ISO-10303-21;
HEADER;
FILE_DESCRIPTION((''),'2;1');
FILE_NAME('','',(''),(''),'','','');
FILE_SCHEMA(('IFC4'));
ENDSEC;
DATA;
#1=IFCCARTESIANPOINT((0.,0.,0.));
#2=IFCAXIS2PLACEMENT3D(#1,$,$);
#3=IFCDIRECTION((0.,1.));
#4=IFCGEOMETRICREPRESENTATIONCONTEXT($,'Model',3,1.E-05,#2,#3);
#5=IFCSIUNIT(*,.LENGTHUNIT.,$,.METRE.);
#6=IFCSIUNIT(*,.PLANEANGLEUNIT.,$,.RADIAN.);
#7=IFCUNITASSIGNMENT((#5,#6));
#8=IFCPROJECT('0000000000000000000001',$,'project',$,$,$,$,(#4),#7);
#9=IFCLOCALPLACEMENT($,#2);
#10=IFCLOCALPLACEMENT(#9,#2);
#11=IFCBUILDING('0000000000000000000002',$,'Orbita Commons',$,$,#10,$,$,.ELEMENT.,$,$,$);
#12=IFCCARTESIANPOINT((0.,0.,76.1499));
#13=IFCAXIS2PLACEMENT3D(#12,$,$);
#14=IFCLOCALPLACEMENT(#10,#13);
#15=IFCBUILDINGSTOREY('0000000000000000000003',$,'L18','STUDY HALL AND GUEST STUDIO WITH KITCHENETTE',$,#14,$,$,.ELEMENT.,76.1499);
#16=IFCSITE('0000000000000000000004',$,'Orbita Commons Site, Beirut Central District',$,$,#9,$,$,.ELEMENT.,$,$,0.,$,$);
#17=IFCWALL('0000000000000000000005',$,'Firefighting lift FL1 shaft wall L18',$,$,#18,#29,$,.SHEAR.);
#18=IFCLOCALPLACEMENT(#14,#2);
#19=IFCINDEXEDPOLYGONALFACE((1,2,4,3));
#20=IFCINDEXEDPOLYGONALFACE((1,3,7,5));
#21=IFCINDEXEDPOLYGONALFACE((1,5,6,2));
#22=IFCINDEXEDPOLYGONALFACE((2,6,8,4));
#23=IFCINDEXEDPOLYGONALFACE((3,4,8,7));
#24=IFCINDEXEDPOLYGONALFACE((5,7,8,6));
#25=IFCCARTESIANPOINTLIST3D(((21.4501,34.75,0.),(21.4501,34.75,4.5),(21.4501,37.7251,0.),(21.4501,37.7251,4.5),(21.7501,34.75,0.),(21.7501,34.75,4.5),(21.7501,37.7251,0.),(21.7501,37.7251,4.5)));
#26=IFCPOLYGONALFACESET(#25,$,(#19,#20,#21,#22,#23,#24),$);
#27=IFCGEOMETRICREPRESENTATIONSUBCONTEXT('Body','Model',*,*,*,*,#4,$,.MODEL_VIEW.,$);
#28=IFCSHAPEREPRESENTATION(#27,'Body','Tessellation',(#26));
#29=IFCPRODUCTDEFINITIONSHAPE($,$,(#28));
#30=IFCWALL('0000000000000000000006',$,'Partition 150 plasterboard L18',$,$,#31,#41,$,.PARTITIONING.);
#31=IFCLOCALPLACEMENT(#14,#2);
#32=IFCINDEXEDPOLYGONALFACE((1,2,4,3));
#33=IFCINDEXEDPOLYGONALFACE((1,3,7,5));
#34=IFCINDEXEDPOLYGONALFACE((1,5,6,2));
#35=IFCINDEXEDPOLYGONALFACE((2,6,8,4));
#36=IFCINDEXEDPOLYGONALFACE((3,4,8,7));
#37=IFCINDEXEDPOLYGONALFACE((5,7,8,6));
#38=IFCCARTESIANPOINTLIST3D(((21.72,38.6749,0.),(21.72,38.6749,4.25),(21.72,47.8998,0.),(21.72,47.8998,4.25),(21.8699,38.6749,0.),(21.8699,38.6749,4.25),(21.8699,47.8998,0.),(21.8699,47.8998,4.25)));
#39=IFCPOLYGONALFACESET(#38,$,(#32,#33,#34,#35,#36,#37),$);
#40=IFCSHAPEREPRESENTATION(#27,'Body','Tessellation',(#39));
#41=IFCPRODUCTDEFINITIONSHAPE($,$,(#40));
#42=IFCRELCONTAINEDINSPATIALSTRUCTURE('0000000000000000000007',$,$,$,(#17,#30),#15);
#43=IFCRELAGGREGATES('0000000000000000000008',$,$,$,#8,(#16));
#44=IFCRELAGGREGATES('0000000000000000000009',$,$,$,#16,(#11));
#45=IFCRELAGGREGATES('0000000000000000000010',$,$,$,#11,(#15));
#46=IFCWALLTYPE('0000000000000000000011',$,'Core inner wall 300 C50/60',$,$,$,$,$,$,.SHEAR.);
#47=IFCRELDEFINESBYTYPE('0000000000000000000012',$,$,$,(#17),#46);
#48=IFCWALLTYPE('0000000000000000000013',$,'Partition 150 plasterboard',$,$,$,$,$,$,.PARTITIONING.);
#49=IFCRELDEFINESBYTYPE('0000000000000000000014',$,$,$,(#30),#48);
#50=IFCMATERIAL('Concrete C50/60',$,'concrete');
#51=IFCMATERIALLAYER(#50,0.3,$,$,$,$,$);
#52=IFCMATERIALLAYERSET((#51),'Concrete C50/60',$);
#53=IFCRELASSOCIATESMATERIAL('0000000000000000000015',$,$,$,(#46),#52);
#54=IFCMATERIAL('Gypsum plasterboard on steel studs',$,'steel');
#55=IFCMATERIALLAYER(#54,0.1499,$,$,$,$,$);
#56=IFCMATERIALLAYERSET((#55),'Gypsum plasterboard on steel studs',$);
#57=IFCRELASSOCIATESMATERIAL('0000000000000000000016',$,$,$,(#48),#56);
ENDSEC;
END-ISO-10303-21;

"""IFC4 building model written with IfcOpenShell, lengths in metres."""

from ifc_helpers import new_model, si_unit, direction, frame, frame_2d, origin, place, context, subcontext, project, spatial, rectangle, extrude, material, layer, layer_set, type_object, element, save


model = new_model("IFC4")

# Units and contexts
model_context = context("Model", 3, precision=1e-05, world=origin(), true_north=direction((0.0, 1.0)))
body_context = subcontext(model_context, "Body", "Model", "MODEL_VIEW")
ifc_project = project(units=[si_unit("LENGTHUNIT", "METRE"), si_unit("PLANEANGLEUNIT", "RADIAN")], contexts=[model_context])

# Site, building, storey
site_placement = place(None, origin())
site = spatial("IfcSite", under=ifc_project, at=site_placement, Name="Orbita Commons Site, Beirut Central District", CompositionType="ELEMENT", RefElevation=0.0)
building_placement = place(site_placement, origin())
building = spatial("IfcBuilding", under=site, at=building_placement, Name="Orbita Commons", CompositionType="ELEMENT")
storey_placement = place(building_placement, frame((0.0, 0.0, 76.1499)))
storey = spatial("IfcBuildingStorey", under=building, at=storey_placement, Name="L18", Description="STUDY HALL AND GUEST STUDIO WITH KITCHENETTE", CompositionType="ELEMENT", Elevation=76.1499)

# Walls
ifc_material_1 = material(Name="Concrete C50/60", Category="concrete")
ifc_layer_1 = layer(ifc_material_1, 0.3)
ifc_layer_set_1 = layer_set([ifc_layer_1], Name="Concrete C50/60")
wall_type_1 = type_object("IfcWallType", Name="Core inner wall 300 C50/60", PredefinedType="SHEAR", material=ifc_layer_set_1)
wall_1_placement = place(storey_placement, frame((21.6001, 34.75, 0.0), z_axis=(0.0, 0.0, 1.0), x_axis=(0.0, 1.0, 0.0)))
element("IfcWall", 1, at=wall_1_placement, inside=storey, type_object=wall_type_1, Name="Firefighting lift FL1 shaft wall L18", PredefinedType="SHEAR", context=body_context, shape_type="SweptSolid", body=[
    extrude(rectangle(XDim=2.9751, YDim=0.3, at=frame_2d((1.4875, 0.0))), origin(), (0.0, 0.0, 1.0), 4.5),
])
ifc_material_2 = material(Name="Gypsum plasterboard on steel studs", Category="steel")
ifc_layer_2 = layer(ifc_material_2, 0.1499)
ifc_layer_set_2 = layer_set([ifc_layer_2], Name="Gypsum plasterboard on steel studs")
wall_type_2 = type_object("IfcWallType", Name="Partition 150 plasterboard", PredefinedType="PARTITIONING", material=ifc_layer_set_2)
wall_2_placement = place(storey_placement, frame((21.7949, 38.675, 0.0), z_axis=(0.0, 0.0, 1.0), x_axis=(0.0, 1.0, 0.0)))
element("IfcWall", 2, at=wall_2_placement, inside=storey, type_object=wall_type_2, Name="Partition 150 plasterboard L18", PredefinedType="PARTITIONING", context=body_context, shape_type="SweptSolid", body=[
    extrude(rectangle(XDim=9.2249, YDim=0.1499, at=frame_2d((4.6123, 0.0))), origin(), (0.0, 0.0, 1.0), 4.25),
])

save(model, "model.ifc")
